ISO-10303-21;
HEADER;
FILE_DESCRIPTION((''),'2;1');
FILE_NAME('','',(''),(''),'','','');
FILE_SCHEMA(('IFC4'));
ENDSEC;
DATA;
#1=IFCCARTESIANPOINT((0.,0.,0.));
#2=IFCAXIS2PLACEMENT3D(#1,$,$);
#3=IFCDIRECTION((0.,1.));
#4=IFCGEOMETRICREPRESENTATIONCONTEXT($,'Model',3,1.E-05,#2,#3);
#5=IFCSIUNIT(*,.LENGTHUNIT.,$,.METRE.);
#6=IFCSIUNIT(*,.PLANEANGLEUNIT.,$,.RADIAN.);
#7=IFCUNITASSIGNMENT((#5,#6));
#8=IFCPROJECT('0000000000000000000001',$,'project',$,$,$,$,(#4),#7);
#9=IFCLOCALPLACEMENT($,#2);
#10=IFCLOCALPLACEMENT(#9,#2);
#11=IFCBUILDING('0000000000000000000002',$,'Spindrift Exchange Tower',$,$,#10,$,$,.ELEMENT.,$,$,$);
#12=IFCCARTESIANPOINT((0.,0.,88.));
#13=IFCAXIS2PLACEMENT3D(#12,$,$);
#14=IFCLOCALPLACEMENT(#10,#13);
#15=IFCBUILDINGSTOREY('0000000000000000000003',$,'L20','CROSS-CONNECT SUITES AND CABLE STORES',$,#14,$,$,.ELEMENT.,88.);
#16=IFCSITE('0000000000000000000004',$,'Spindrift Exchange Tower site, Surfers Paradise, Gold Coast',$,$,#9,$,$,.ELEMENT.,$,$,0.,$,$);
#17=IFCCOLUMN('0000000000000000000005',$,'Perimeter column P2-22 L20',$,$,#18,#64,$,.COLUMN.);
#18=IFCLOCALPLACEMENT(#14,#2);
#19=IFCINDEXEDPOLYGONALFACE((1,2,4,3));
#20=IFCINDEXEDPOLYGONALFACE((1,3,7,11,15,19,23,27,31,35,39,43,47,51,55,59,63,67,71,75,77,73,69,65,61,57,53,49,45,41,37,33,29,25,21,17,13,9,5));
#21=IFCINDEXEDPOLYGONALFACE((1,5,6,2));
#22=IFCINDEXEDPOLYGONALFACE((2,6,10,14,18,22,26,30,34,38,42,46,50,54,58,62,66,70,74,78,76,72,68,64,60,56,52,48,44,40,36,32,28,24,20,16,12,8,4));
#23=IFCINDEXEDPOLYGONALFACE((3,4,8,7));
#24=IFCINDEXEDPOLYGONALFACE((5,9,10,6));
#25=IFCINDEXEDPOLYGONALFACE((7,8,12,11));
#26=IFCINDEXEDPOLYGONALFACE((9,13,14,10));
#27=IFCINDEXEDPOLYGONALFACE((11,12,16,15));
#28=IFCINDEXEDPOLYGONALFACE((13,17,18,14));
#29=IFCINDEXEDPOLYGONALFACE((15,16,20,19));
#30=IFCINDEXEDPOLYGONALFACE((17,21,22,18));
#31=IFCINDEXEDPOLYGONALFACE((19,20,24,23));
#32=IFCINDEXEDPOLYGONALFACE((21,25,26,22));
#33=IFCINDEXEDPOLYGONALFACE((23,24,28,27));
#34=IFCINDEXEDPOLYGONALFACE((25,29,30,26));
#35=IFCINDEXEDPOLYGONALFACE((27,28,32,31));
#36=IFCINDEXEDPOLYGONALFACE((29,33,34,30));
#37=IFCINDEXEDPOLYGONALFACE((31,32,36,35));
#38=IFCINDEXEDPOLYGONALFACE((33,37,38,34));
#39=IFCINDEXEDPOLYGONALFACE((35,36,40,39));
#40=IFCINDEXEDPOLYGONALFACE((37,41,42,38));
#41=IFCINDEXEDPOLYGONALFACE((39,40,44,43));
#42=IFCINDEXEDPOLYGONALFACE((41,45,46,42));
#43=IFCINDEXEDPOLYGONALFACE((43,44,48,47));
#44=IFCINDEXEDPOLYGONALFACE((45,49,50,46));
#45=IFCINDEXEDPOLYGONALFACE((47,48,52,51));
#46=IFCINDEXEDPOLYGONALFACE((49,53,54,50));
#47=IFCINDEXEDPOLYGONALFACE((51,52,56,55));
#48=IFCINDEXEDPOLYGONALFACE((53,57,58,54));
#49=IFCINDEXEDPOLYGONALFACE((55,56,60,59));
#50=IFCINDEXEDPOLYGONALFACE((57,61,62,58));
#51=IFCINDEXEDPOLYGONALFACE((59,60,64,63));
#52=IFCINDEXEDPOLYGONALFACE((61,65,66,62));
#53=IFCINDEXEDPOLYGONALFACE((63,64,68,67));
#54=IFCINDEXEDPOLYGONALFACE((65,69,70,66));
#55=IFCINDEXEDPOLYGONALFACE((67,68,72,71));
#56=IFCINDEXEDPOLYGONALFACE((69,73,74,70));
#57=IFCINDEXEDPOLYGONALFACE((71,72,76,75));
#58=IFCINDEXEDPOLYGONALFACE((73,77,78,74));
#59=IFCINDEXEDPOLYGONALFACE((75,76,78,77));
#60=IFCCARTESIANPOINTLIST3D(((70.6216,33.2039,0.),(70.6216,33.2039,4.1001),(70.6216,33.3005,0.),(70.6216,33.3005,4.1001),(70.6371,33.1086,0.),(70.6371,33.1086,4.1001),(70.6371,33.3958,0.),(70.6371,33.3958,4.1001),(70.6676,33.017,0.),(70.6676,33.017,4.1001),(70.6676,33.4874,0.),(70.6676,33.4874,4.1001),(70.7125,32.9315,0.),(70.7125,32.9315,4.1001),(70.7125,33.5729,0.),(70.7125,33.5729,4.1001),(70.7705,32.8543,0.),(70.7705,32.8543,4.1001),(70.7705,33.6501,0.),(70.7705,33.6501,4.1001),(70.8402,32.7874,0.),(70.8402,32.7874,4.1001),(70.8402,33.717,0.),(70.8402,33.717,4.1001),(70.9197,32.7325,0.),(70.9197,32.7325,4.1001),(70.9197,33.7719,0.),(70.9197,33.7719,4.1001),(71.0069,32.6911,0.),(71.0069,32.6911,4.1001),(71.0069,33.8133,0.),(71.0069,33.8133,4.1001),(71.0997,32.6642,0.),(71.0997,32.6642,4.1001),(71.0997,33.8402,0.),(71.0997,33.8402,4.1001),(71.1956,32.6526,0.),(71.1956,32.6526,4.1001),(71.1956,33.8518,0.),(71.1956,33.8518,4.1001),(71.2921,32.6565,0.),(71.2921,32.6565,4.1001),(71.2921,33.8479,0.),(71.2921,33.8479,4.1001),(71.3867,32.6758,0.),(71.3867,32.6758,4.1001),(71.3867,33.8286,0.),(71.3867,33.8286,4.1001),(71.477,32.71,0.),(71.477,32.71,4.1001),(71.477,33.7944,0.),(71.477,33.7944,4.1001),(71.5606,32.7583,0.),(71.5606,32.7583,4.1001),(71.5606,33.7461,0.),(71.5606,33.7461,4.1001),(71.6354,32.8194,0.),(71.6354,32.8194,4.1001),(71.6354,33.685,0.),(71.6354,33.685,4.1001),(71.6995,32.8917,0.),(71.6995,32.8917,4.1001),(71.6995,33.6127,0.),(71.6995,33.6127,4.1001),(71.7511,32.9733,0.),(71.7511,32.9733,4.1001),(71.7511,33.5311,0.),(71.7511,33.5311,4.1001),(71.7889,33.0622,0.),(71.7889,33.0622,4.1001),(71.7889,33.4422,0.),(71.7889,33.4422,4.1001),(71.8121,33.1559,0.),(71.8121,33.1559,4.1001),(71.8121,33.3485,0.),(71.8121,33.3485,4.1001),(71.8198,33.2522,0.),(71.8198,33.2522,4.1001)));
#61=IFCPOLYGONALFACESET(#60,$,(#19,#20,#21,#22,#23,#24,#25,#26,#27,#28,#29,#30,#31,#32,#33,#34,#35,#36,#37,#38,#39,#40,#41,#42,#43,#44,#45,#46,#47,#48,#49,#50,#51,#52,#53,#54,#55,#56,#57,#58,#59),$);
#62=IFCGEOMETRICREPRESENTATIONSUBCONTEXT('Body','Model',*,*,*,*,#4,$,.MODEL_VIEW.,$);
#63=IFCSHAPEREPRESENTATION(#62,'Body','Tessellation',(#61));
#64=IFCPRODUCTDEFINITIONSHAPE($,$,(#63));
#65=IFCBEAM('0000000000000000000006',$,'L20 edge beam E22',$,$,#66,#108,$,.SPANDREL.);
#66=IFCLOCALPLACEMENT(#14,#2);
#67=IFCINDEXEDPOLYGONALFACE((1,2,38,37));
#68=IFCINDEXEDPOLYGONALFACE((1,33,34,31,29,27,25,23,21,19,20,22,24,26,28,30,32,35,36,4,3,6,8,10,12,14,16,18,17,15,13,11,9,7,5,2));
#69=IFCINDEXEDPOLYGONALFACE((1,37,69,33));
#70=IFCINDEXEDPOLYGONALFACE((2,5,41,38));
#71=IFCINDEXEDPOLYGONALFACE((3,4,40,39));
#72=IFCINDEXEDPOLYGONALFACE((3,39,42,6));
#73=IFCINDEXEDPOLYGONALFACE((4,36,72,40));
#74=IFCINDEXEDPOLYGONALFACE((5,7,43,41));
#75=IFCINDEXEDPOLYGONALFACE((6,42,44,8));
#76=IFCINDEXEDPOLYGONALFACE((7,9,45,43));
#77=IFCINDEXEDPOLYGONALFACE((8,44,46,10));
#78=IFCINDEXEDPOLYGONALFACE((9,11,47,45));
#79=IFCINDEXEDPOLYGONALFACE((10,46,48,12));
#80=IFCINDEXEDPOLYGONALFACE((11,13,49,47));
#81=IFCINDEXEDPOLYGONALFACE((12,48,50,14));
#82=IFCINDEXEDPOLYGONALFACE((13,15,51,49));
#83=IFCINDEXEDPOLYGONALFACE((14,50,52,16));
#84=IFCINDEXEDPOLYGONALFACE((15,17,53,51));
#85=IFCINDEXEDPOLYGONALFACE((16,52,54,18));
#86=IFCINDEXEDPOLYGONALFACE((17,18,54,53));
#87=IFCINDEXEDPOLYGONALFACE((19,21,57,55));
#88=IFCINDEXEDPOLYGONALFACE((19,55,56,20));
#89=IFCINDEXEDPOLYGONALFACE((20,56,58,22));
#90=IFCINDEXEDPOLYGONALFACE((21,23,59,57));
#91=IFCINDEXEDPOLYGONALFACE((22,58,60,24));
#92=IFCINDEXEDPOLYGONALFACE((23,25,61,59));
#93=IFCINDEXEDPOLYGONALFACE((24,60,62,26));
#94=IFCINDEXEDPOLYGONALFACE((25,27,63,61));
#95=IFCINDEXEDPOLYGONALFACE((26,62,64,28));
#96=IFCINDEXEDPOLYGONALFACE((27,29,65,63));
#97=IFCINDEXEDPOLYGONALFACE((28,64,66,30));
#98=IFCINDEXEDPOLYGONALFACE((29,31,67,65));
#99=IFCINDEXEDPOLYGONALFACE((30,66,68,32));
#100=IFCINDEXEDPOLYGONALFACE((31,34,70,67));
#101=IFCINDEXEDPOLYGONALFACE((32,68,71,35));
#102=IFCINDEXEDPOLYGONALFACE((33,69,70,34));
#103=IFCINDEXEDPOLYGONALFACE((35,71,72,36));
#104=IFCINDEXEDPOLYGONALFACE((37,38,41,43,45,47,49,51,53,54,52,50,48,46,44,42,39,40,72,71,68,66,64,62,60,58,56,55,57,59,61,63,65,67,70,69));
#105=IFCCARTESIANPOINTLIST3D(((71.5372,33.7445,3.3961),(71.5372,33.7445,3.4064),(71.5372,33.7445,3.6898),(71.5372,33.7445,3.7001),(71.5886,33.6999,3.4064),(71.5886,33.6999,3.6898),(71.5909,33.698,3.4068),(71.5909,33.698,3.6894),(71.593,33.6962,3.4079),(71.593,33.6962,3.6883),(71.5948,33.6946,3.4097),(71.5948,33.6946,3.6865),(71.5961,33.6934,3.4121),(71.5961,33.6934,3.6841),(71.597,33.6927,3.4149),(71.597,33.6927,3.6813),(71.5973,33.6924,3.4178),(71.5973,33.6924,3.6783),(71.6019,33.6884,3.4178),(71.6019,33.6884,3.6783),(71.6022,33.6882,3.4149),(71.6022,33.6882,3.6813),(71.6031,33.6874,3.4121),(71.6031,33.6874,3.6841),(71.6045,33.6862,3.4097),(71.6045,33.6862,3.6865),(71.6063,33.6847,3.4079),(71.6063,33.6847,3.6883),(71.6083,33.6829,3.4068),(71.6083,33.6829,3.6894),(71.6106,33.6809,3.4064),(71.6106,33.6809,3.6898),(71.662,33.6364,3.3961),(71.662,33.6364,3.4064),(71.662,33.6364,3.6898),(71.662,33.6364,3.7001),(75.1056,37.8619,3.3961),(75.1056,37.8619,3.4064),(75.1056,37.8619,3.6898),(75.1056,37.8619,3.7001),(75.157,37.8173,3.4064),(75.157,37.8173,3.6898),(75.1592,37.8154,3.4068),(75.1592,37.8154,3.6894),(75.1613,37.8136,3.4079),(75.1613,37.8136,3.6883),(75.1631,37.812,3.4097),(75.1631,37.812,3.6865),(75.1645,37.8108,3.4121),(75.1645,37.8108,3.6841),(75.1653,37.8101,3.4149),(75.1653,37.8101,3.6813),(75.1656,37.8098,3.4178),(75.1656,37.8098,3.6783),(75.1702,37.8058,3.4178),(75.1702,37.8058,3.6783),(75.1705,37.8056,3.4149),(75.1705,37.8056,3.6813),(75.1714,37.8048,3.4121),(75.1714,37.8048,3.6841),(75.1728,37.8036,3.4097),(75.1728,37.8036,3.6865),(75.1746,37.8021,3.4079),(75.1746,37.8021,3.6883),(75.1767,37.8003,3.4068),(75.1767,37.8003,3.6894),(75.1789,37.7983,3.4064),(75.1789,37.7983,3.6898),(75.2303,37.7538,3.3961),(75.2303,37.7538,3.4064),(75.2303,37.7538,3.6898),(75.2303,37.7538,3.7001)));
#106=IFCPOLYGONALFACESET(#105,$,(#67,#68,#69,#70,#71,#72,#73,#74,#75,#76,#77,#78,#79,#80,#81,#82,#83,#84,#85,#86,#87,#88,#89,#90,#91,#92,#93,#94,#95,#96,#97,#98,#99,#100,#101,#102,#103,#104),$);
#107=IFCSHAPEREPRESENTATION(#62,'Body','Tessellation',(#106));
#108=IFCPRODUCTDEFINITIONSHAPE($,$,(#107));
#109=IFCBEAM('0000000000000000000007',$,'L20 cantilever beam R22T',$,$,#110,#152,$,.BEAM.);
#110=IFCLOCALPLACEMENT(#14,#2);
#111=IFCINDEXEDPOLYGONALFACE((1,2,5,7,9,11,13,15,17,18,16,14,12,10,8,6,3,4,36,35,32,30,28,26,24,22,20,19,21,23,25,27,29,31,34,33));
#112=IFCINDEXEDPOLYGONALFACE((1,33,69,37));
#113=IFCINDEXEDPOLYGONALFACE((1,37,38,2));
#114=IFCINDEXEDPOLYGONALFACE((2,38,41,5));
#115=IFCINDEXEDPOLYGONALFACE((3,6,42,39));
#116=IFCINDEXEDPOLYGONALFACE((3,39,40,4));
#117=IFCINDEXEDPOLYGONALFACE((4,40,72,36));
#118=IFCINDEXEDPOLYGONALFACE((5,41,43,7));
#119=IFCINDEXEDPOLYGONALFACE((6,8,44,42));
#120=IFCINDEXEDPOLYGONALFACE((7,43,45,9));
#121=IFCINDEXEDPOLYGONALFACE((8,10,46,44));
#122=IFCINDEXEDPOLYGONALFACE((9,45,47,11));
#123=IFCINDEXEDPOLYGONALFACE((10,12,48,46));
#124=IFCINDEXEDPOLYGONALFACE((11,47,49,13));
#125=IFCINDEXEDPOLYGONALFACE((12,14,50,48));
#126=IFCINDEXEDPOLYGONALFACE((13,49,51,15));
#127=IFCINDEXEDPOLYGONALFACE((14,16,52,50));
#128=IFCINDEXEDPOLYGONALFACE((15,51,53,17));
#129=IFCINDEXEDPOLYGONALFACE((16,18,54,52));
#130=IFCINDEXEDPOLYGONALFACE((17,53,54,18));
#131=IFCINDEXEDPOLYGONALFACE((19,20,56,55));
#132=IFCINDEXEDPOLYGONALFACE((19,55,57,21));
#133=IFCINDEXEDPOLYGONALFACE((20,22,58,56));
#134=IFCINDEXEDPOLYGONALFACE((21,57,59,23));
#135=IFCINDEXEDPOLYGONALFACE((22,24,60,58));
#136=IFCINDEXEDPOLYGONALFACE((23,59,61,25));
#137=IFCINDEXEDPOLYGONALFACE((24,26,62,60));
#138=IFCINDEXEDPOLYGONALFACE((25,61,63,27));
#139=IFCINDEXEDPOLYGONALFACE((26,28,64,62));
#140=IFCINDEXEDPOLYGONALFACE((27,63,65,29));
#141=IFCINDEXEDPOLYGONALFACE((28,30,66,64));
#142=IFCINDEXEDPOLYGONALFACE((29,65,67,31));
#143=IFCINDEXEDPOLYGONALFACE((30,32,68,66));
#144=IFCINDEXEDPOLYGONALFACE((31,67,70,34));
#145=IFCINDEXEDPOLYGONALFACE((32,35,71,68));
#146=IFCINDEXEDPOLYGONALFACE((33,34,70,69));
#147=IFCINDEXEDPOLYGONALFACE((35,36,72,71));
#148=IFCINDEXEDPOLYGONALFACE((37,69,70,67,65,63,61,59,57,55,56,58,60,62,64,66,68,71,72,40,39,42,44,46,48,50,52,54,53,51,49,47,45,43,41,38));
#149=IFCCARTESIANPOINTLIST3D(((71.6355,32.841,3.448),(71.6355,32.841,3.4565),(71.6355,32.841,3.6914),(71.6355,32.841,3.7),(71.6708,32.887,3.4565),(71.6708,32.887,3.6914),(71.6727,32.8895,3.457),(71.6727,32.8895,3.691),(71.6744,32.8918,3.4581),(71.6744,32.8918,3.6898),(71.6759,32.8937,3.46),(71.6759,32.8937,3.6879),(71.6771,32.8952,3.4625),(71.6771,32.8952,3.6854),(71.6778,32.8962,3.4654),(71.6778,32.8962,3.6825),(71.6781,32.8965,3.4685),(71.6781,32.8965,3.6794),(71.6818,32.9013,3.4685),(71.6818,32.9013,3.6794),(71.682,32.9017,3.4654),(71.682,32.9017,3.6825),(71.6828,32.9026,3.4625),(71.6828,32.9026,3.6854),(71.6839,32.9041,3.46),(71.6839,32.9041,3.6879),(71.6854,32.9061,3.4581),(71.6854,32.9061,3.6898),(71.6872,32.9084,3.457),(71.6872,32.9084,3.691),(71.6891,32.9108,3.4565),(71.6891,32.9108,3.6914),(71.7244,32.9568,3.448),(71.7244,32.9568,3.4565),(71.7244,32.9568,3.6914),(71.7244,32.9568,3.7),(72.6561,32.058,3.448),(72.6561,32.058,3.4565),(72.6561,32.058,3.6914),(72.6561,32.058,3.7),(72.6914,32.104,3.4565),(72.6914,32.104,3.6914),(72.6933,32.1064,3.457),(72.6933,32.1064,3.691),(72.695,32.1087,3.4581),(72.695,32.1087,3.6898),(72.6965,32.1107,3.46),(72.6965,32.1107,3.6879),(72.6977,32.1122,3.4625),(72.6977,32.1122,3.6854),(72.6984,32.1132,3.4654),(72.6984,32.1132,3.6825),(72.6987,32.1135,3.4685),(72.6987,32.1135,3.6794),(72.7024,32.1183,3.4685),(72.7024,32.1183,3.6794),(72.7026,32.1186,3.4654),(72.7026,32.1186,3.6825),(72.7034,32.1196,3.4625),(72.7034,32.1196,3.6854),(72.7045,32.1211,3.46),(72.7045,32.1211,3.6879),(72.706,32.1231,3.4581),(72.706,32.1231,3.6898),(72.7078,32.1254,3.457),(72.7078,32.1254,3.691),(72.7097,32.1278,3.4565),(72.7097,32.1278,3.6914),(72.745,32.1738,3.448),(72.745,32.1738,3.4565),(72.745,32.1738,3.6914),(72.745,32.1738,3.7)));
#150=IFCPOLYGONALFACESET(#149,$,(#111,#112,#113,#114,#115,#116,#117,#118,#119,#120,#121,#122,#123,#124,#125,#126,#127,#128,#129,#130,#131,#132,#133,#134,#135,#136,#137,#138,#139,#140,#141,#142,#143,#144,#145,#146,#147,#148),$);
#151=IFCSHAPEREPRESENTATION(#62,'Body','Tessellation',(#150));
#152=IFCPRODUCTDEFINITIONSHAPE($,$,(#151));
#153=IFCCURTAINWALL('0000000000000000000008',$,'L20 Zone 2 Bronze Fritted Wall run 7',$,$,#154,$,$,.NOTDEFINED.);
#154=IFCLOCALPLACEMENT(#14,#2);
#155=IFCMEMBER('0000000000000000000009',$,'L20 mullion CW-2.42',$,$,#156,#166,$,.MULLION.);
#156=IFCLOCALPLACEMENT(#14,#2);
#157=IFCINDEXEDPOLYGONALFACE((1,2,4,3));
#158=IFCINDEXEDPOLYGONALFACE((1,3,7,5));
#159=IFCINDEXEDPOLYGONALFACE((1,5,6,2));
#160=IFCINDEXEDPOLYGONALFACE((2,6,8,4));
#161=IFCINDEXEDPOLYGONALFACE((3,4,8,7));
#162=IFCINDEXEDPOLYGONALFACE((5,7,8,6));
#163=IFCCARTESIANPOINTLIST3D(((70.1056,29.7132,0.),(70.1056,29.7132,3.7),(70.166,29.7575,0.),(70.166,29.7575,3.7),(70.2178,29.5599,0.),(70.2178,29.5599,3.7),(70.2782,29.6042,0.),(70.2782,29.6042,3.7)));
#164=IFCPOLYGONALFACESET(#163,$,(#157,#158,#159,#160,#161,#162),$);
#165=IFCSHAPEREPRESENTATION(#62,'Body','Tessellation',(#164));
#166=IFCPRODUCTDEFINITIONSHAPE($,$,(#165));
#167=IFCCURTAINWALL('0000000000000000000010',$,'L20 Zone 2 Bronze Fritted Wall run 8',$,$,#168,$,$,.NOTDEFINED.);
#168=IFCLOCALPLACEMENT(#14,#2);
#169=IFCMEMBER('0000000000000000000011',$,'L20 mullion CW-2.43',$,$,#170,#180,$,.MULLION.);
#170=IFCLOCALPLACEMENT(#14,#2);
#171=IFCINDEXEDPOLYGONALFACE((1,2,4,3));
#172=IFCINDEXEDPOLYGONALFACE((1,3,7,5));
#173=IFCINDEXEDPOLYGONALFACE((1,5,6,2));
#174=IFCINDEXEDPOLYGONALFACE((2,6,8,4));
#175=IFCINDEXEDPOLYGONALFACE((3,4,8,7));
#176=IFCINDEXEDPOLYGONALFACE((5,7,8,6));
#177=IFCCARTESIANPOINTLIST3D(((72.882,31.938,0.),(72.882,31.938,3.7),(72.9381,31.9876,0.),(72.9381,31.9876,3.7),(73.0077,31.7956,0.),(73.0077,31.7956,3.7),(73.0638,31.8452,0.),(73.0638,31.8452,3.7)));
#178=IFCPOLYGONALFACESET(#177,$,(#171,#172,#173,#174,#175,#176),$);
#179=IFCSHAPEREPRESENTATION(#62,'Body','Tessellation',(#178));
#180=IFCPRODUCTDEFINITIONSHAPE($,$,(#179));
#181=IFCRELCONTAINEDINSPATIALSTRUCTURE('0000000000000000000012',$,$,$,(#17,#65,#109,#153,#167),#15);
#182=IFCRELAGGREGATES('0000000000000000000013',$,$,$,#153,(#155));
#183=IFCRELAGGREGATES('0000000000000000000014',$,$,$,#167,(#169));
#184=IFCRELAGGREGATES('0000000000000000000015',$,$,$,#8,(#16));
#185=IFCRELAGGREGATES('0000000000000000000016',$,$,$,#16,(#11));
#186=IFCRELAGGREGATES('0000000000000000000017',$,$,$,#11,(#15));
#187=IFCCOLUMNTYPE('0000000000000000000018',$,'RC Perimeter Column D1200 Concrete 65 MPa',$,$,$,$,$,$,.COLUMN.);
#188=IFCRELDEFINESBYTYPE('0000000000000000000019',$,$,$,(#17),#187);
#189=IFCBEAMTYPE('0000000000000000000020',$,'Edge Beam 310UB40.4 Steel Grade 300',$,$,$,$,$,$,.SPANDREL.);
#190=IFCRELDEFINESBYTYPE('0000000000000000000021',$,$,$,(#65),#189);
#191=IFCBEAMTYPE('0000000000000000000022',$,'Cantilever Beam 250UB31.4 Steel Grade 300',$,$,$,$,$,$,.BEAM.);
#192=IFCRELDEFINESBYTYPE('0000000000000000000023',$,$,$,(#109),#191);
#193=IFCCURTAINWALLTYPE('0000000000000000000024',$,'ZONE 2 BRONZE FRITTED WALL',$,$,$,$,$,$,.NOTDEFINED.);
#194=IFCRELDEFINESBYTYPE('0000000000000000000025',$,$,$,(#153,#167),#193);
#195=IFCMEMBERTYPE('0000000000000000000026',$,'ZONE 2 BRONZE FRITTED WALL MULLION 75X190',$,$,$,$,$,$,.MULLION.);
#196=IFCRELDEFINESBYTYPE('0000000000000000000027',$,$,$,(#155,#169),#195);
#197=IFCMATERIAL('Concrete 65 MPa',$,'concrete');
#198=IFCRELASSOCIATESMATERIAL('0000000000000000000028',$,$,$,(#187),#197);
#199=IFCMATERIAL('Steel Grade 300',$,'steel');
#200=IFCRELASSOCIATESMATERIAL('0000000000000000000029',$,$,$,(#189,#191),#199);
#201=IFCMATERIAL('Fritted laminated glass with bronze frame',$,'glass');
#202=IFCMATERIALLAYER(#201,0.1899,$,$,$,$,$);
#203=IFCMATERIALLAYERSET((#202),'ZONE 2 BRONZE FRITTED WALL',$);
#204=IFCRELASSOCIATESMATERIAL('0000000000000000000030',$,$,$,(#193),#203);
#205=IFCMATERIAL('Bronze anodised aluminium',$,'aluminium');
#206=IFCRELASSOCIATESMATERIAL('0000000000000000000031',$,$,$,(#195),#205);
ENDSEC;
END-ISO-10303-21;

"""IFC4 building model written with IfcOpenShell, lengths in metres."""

from ifc_helpers import new_model, si_unit, direction, frame, origin, origin_2d, place, context, subcontext, project, spatial, rectangle, circle, i_section, extrude, source, transform, mapped, material, layer, layer_set, material_profile, profile_set, type_object, element, aggregate, save


model = new_model("IFC4")

# Units and contexts
model_context = context("Model", 3, precision=1e-05, world=origin(), true_north=direction((0.0, 1.0)))
body_context = subcontext(model_context, "Body", "Model", "MODEL_VIEW")
ifc_project = project(units=[si_unit("LENGTHUNIT", "METRE"), si_unit("PLANEANGLEUNIT", "RADIAN")], contexts=[model_context])

# Site, building, storey
site_placement = place(None, origin())
site = spatial("IfcSite", under=ifc_project, at=site_placement, Name="Spindrift Exchange Tower site, Surfers Paradise, Gold Coast", CompositionType="ELEMENT", RefElevation=0.0)
building_placement = place(site_placement, origin())
building = spatial("IfcBuilding", under=site, at=building_placement, Name="Spindrift Exchange Tower", CompositionType="ELEMENT")
storey_placement = place(building_placement, frame((0.0, 0.0, 88.0)))
storey = spatial("IfcBuildingStorey", under=building, at=storey_placement, Name="L20", Description="CROSS-CONNECT SUITES AND CABLE STORES", CompositionType="ELEMENT", Elevation=88.0)

# Column
ifc_material_1 = material(Name="Concrete 65 MPa", Category="concrete")
ifc_material_profile_1 = material_profile(ifc_material_1, circle(Radius=0.6001, at=origin_2d()), Name="RC D1200")
ifc_profile_set_1 = profile_set([ifc_material_profile_1], Name="Concrete 65 MPa")
column_type = type_object("IfcColumnType", Name="RC Perimeter Column D1200 Concrete 65 MPa", PredefinedType="COLUMN", material=ifc_profile_set_1)
shared_shape_1 = source(origin(), body_context, "Body", "SweptSolid", [
    extrude(circle(Radius=0.6001, at=origin_2d()), origin(), (0.0, 0.0, 1.0), 4.1001),
])
column_placement = place(storey_placement, frame((71.2197, 33.2522, 0.0), z_axis=(0.0, 0.0, 1.0), x_axis=(1.0, 0.0, 0.0)))
element("IfcColumn", 1, at=column_placement, inside=storey, type_object=column_type, Name="Perimeter column P2-22 L20", PredefinedType="COLUMN", context=body_context, shape_type="MappedRepresentation", body=[
    mapped(shared_shape_1, transform((0.0, 0.0, 0.0), scale=1.0)),
])

# Beams
ifc_material_2 = material(Name="Steel Grade 300", Category="steel")
ifc_material_profile_2 = material_profile(ifc_material_2, i_section(OverallWidth=0.165, OverallDepth=0.304, WebThickness=0.0061, FlangeThickness=0.0103, FilletRadius=0.0115, at=origin_2d()), Name="310UB40.4")
ifc_profile_set_2 = profile_set([ifc_material_profile_2], Name="Steel Grade 300")
beam_type_1 = type_object("IfcBeamType", Name="Edge Beam 310UB40.4 Steel Grade 300", PredefinedType="SPANDREL", material=ifc_profile_set_2)
shared_shape_2 = source(origin(), body_context, "Body", "SweptSolid", [
    extrude(i_section(OverallWidth=0.165, OverallDepth=0.304, WebThickness=0.0061, FlangeThickness=0.0103, FilletRadius=0.0115, at=origin_2d()), origin(), (0.0, 0.0, 1.0), 5.4485),
])
beam_1_placement = place(storey_placement, frame((71.5996, 33.6904, 3.5481), z_axis=(0.654922, 0.755696, 0.0), x_axis=(-0.755696, 0.654922, 0.0)))
element("IfcBeam", 2, at=beam_1_placement, inside=storey, type_object=beam_type_1, Name="L20 edge beam E22", PredefinedType="SPANDREL", context=body_context, shape_type="MappedRepresentation", body=[
    mapped(shared_shape_2, transform((0.0, 0.0, 0.0), scale=1.0)),
])
ifc_material_profile_3 = material_profile(ifc_material_2, i_section(OverallWidth=0.146, OverallDepth=0.252, WebThickness=0.0061, FlangeThickness=0.0085, FilletRadius=0.012, at=origin_2d()), Name="250UB31.4")
ifc_profile_set_3 = profile_set([ifc_material_profile_3], Name="Steel Grade 300")
beam_type_2 = type_object("IfcBeamType", Name="Cantilever Beam 250UB31.4 Steel Grade 300", PredefinedType="BEAM", material=ifc_profile_set_3)
shared_shape_3 = source(origin(), body_context, "Body", "SweptSolid", [
    extrude(i_section(OverallWidth=0.146, OverallDepth=0.252, WebThickness=0.0061, FlangeThickness=0.0085, FilletRadius=0.012, at=origin_2d()), origin(), (0.0, 0.0, 1.0), 1.2864),
])
beam_2_placement = place(storey_placement, frame((71.6799, 32.8989, 3.574), z_axis=(0.793392, -0.60871, 0.0), x_axis=(0.60871, 0.793392, 0.0)))
element("IfcBeam", 3, at=beam_2_placement, inside=storey, type_object=beam_type_2, Name="L20 cantilever beam R22T", PredefinedType="BEAM", context=body_context, shape_type="MappedRepresentation", body=[
    mapped(shared_shape_3, transform((0.0, 0.0, 0.0), scale=1.0)),
])

# Curtain wall, member
ifc_material_3 = material(Name="Fritted laminated glass with bronze frame", Category="glass")
ifc_layer_1 = layer(ifc_material_3, 0.1899)
ifc_layer_set_1 = layer_set([ifc_layer_1], Name="ZONE 2 BRONZE FRITTED WALL")
curtain_wall_type = type_object("IfcCurtainWallType", Name="ZONE 2 BRONZE FRITTED WALL", PredefinedType="NOTDEFINED", material=ifc_layer_set_1)
curtain_wall_1_placement = place(storey_placement, origin())
curtain_wall_1 = element("IfcCurtainWall", 4, at=curtain_wall_1_placement, inside=storey, type_object=curtain_wall_type, Name="L20 Zone 2 Bronze Fritted Wall run 7", PredefinedType="NOTDEFINED")
ifc_material_4 = material(Name="Bronze anodised aluminium", Category="aluminium")
ifc_material_profile_4 = material_profile(ifc_material_4, rectangle(XDim=0.075, YDim=0.1899, at=origin_2d()), Name="ZONE 2 BRONZE FRITTED WALL MULLION 75X190")
ifc_profile_set_4 = profile_set([ifc_material_profile_4], Name="Bronze anodised aluminium")
member_type_1 = type_object("IfcMemberType", Name="ZONE 2 BRONZE FRITTED WALL MULLION 75X190", PredefinedType="MULLION", material=ifc_profile_set_4)
shared_shape_4 = source(origin(), body_context, "Body", "SweptSolid", [
    extrude(rectangle(XDim=0.075, YDim=0.1899, at=origin_2d()), origin(), (0.0, 0.0, 1.0), 3.7),
])
member_1_placement = place(storey_placement, frame((70.1919, 29.6587, 0.0), z_axis=(0.0, 0.0, 1.0), x_axis=(0.806874, 0.590724, 0.0)))
member_1 = element("IfcMember", 5, at=member_1_placement, type_object=member_type_1, Name="L20 mullion CW-2.42", PredefinedType="MULLION", context=body_context, shape_type="MappedRepresentation", body=[
    mapped(shared_shape_4, transform((0.0, 0.0, 0.0), scale=1.0)),
])

# Curtain wall, member
curtain_wall_2_placement = place(storey_placement, origin())
curtain_wall_2 = element("IfcCurtainWall", 6, at=curtain_wall_2_placement, inside=storey, type_object=curtain_wall_type, Name="L20 Zone 2 Bronze Fritted Wall run 8", PredefinedType="NOTDEFINED")
member_2_placement = place(storey_placement, frame((72.9729, 31.8916, 0.0), z_axis=(0.0, 0.0, 1.0), x_axis=(0.749663, 0.661819, 0.0)))
member_2 = element("IfcMember", 7, at=member_2_placement, type_object=member_type_1, Name="L20 mullion CW-2.43", PredefinedType="MULLION", context=body_context, shape_type="MappedRepresentation", body=[
    mapped(shared_shape_4, transform((0.0, 0.0, 0.0), scale=1.0)),
])

aggregate(curtain_wall_1, [member_1])
aggregate(curtain_wall_2, [member_2])

save(model, "model.ifc")
